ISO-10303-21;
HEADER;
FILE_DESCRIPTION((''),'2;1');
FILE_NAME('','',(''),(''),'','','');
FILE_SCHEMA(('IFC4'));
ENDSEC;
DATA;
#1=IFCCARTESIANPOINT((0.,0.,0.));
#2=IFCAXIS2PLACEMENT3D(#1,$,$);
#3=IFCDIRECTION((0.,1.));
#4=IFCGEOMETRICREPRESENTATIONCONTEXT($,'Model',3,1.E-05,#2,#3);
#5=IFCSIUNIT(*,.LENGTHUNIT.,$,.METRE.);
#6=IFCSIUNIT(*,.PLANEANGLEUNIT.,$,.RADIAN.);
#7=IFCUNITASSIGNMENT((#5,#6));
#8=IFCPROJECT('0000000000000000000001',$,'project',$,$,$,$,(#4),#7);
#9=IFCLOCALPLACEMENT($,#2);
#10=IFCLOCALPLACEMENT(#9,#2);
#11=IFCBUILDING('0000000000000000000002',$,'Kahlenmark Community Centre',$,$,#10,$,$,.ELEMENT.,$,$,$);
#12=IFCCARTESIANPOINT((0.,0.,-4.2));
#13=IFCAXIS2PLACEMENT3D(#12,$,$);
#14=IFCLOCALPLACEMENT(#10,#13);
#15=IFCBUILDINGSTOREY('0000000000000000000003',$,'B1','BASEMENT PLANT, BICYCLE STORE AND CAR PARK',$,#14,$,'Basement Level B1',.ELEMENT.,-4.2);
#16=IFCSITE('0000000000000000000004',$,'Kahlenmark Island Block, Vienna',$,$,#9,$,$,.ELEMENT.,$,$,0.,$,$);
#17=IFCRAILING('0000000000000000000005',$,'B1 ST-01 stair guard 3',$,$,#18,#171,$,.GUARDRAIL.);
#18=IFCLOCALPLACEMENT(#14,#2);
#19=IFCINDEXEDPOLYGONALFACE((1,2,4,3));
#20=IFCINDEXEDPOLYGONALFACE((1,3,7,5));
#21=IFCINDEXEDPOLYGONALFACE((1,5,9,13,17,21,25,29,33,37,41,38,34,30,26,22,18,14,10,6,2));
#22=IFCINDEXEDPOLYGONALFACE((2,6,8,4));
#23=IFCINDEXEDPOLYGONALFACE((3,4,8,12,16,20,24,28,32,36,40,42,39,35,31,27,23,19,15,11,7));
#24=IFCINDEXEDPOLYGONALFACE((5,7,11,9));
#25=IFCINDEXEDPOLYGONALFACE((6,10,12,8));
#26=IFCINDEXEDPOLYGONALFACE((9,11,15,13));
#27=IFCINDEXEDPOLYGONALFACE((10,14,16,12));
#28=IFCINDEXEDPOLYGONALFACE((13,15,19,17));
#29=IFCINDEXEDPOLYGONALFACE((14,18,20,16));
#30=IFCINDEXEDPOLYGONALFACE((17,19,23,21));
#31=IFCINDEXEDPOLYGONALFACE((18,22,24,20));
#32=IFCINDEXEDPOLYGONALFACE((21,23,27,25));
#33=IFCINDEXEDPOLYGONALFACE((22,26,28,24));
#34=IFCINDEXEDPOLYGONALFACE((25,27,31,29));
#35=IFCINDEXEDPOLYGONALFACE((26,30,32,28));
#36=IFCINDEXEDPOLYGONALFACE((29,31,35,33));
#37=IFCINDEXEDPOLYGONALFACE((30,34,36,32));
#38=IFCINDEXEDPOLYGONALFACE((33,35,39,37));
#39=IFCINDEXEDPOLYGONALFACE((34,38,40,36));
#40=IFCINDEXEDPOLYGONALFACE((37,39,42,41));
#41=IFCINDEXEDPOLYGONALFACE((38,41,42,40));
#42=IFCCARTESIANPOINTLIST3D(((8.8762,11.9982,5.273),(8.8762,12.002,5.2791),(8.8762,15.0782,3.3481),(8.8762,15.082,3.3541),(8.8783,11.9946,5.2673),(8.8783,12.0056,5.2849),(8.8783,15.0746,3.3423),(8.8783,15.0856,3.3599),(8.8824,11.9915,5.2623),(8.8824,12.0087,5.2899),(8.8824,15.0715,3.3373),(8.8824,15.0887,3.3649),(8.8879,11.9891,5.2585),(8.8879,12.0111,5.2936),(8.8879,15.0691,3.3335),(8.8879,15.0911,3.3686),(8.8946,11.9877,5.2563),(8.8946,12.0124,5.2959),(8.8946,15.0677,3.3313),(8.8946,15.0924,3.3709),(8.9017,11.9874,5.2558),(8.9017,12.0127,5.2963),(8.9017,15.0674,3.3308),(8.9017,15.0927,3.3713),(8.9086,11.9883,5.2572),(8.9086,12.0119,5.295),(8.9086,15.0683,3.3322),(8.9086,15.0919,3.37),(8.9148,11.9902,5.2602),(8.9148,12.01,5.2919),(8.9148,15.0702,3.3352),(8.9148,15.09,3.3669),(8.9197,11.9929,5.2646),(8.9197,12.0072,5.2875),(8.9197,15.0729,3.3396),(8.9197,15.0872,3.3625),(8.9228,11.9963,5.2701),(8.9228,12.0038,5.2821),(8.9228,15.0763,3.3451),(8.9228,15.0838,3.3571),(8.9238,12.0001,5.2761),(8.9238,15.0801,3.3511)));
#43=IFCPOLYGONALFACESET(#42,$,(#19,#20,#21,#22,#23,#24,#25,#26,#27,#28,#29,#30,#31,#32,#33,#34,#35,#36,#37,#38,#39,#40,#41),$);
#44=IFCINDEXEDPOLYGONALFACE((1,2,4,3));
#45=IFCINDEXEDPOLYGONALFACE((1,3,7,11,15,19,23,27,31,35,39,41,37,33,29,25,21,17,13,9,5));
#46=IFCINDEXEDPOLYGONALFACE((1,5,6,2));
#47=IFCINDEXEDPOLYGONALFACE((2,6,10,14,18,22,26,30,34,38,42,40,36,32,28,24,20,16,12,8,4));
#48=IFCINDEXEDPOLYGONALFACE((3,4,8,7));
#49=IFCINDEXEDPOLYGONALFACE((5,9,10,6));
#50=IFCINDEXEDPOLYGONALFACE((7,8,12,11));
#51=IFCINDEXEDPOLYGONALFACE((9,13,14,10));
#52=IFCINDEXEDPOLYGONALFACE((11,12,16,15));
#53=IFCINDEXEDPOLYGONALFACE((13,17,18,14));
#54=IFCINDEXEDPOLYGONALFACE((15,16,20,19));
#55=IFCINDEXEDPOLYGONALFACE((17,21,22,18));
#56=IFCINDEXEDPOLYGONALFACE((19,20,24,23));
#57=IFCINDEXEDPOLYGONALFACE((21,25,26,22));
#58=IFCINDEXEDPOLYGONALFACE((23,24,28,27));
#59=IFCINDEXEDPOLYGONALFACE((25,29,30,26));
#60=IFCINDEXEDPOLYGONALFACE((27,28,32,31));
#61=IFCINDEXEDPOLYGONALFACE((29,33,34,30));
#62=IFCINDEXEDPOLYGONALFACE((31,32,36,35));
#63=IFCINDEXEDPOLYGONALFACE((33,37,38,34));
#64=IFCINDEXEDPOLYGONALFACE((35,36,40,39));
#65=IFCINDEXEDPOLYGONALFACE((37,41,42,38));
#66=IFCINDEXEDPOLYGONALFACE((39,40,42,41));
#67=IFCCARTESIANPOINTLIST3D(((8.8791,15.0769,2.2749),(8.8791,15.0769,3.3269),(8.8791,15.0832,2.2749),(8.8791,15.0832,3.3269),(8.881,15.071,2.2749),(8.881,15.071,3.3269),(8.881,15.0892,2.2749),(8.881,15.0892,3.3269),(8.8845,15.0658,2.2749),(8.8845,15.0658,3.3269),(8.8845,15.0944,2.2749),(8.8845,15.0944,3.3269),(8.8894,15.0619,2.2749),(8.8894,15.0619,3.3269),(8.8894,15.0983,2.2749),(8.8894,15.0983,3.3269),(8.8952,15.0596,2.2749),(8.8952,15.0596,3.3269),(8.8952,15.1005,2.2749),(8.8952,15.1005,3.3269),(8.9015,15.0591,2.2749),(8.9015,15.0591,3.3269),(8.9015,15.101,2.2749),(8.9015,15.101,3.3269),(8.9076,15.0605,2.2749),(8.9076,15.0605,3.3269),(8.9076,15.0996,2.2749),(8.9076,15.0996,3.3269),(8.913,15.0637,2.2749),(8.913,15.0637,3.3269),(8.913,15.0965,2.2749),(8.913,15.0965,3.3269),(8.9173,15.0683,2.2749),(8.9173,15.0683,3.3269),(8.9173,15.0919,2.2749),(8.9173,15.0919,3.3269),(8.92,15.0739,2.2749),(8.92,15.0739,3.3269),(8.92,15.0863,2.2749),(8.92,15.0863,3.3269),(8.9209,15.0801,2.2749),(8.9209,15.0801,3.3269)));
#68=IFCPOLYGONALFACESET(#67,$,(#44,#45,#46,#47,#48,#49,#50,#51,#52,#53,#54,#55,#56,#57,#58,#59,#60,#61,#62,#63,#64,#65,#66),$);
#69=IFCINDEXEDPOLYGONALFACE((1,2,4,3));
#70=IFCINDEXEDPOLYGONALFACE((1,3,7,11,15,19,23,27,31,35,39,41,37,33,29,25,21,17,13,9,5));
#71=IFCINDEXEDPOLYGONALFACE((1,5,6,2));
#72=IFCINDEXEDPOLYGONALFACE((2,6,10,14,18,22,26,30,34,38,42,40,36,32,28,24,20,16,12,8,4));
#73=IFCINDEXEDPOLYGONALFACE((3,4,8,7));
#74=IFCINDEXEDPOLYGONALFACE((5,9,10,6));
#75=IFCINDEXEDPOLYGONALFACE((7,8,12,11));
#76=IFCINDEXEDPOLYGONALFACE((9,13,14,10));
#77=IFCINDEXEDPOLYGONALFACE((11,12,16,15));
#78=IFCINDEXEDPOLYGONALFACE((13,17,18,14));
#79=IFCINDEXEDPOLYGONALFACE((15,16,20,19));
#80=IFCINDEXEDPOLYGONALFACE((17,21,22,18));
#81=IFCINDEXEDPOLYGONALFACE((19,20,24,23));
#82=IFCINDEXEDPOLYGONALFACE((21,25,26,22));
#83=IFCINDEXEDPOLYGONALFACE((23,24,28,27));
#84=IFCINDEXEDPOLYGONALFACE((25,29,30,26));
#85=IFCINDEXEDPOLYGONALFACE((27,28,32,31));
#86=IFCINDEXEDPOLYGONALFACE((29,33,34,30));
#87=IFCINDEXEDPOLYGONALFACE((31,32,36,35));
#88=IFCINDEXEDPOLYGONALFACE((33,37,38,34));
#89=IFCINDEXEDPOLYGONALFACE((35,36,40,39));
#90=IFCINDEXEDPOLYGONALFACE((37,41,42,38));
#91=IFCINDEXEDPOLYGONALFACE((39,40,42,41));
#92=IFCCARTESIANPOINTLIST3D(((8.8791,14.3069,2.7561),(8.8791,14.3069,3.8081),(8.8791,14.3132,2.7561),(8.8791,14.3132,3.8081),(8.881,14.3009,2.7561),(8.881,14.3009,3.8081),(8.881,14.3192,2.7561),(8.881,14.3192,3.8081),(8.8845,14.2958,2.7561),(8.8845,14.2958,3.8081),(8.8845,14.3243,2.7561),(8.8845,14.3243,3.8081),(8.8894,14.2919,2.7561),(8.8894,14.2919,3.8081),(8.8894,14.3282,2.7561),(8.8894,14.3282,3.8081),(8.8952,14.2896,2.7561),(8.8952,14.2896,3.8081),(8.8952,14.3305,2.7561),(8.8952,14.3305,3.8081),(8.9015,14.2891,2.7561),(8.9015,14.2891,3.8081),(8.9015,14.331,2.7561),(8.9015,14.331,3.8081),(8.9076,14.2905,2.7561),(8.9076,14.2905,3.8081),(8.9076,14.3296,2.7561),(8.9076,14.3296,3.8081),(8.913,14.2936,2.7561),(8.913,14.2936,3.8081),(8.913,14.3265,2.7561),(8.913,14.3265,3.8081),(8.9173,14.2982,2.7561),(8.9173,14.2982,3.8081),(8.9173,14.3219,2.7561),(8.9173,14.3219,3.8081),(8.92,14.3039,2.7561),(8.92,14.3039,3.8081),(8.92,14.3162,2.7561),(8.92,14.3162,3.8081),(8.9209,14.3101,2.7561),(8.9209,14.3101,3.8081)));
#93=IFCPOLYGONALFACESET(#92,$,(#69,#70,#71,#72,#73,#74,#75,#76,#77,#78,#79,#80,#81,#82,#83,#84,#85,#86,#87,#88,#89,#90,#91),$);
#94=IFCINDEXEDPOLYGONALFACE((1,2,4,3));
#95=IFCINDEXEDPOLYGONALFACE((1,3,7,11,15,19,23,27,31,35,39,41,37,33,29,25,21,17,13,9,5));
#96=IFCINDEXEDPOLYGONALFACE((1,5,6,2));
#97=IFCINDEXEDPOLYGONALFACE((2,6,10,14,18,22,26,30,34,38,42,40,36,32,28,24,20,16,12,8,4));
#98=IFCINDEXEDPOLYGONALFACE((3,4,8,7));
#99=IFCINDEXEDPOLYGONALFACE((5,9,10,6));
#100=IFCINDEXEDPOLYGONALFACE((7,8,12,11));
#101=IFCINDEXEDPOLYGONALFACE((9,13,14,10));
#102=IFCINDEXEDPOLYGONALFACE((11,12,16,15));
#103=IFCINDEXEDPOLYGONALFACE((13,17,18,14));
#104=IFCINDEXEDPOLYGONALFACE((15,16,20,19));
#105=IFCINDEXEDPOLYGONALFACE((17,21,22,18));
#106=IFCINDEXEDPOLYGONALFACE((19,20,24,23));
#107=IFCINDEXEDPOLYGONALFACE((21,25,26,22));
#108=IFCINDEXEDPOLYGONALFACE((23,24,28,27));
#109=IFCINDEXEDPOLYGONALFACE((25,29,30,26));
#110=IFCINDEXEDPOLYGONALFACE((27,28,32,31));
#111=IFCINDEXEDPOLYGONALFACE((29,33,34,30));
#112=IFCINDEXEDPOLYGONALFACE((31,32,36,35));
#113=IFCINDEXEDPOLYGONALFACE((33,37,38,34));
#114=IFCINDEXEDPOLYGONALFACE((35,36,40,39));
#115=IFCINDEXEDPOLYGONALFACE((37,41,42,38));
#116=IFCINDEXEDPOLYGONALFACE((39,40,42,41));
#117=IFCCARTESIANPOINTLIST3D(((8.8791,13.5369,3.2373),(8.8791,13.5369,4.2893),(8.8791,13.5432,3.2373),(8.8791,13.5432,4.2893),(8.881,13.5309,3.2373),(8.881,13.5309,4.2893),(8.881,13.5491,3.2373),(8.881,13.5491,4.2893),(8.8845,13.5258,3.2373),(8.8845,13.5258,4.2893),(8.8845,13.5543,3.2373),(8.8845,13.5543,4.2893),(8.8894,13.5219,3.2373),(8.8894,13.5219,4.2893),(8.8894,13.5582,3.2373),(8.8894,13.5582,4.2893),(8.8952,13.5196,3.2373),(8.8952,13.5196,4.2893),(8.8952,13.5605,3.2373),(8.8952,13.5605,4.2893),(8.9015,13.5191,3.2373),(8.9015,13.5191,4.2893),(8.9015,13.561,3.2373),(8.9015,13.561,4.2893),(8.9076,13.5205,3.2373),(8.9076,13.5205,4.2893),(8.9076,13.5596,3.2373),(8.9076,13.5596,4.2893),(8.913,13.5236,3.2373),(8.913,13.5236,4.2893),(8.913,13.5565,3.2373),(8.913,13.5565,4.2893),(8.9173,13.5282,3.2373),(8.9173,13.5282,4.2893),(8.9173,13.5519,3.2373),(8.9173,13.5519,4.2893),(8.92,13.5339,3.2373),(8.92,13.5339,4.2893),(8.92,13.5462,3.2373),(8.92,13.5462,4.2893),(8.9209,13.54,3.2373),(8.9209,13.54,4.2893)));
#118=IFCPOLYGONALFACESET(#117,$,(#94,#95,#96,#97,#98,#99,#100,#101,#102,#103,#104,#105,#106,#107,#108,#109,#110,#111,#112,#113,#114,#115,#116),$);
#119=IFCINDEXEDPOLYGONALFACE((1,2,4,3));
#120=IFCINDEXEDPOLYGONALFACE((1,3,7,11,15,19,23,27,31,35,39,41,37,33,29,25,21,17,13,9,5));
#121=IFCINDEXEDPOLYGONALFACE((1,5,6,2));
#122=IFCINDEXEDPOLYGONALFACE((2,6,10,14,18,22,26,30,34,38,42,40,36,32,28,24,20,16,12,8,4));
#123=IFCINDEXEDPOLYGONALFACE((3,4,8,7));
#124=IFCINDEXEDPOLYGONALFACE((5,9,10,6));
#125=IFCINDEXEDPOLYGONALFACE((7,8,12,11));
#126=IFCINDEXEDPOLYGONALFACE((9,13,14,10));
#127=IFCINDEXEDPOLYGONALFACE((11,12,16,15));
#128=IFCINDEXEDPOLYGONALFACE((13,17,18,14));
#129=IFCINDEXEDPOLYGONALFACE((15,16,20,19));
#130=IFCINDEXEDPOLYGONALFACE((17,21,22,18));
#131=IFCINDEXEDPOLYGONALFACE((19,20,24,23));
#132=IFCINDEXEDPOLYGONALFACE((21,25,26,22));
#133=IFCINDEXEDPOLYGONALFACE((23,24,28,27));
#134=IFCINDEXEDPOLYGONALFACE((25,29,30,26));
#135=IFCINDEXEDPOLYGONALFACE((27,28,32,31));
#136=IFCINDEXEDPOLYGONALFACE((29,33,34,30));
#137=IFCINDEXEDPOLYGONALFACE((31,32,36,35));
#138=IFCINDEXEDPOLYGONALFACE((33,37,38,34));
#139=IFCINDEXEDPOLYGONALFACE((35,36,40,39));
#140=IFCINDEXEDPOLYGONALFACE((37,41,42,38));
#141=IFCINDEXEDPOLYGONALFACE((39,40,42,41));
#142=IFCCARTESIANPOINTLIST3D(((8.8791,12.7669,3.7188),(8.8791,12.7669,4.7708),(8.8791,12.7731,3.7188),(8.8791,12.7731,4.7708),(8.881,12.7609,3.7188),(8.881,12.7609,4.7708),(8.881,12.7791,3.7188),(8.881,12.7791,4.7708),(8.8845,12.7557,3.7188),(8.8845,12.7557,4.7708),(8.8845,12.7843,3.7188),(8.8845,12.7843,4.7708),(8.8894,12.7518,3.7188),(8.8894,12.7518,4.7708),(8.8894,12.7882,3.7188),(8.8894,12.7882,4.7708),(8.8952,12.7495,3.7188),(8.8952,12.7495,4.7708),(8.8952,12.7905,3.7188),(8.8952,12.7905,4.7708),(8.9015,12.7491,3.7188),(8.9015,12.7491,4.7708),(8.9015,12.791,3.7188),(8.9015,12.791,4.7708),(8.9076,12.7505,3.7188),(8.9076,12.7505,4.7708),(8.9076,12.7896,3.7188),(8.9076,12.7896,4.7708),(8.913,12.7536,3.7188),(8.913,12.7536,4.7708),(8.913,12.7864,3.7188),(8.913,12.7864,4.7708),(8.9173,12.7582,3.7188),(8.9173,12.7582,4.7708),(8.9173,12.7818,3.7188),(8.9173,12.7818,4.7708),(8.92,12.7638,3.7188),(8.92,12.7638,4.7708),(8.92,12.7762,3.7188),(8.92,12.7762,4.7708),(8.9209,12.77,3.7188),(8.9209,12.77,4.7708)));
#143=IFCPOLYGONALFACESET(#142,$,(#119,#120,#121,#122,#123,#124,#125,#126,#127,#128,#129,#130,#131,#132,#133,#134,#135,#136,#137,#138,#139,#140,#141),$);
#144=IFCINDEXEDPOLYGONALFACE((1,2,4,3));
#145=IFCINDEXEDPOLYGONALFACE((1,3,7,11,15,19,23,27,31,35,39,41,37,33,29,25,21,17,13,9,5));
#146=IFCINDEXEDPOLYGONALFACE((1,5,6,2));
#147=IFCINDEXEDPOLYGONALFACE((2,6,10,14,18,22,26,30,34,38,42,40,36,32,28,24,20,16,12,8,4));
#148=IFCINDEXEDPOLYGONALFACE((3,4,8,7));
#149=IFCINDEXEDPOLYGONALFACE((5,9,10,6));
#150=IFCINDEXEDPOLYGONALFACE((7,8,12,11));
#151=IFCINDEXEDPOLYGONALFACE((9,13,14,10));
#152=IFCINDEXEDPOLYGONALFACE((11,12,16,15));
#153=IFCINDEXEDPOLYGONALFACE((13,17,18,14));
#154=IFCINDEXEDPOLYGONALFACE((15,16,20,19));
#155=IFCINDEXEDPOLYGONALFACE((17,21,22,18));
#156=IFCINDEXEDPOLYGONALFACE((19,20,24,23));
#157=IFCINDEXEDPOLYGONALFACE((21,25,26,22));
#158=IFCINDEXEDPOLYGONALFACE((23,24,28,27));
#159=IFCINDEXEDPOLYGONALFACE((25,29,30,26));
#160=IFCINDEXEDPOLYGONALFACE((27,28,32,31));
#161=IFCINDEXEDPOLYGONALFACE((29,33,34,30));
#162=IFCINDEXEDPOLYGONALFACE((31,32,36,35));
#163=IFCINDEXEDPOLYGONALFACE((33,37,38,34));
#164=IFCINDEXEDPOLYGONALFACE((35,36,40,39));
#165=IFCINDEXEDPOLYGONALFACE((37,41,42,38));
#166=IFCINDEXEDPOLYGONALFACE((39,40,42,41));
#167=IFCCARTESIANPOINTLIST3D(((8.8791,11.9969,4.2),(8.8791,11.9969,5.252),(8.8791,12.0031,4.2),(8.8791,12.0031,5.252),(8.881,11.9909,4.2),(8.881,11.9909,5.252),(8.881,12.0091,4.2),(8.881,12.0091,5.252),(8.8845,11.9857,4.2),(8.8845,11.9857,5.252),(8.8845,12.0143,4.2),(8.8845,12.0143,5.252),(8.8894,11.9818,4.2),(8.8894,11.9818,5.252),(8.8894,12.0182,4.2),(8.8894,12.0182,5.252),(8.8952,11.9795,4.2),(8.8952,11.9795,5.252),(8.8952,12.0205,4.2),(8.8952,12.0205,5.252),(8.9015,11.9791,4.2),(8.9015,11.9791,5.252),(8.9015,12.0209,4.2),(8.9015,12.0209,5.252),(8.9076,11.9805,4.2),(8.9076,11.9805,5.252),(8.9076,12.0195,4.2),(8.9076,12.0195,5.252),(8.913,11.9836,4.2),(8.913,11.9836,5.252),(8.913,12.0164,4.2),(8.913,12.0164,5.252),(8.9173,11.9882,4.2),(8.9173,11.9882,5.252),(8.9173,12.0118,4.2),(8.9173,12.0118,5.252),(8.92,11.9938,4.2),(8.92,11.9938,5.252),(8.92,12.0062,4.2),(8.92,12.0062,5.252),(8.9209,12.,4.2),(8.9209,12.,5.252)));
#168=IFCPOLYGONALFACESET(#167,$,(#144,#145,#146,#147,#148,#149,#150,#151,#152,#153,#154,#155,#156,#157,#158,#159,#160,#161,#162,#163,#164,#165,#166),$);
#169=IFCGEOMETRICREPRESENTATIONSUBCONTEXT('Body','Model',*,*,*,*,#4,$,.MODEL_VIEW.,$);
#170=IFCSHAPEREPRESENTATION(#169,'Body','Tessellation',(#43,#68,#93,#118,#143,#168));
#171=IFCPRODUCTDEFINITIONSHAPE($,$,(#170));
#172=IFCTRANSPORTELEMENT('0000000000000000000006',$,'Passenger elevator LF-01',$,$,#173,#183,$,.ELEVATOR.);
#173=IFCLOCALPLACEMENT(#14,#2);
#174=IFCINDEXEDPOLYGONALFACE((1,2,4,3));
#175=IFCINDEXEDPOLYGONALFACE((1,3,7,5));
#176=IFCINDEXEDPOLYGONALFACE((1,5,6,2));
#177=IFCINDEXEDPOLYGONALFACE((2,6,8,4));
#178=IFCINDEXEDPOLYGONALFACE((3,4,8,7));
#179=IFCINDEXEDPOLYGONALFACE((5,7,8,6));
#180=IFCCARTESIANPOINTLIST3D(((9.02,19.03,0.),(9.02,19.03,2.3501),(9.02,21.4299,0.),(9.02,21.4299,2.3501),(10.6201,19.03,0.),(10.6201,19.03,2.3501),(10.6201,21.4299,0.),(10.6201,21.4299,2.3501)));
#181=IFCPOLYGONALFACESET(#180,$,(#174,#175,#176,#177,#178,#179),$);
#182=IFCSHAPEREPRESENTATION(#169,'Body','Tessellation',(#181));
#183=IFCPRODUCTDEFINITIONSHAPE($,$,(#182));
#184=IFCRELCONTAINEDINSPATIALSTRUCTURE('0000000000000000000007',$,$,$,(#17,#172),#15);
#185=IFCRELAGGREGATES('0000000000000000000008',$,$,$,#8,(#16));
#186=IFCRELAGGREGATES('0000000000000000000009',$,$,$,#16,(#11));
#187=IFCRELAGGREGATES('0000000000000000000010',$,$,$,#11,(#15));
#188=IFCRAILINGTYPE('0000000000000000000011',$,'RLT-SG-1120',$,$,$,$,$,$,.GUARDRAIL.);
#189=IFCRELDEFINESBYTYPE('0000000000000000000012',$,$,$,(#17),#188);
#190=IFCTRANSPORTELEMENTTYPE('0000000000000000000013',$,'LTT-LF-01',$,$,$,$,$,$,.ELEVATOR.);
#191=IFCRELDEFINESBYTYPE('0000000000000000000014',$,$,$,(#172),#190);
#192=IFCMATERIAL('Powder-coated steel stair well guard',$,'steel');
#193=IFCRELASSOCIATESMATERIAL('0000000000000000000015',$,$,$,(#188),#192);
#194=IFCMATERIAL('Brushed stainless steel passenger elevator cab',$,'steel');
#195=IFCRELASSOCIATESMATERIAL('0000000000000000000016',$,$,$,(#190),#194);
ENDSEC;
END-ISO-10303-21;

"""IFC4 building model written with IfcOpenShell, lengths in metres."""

from ifc_helpers import new_model, si_unit, direction, frame, origin, origin_2d, place, context, subcontext, project, spatial, rectangle, circle, extrude, material, type_object, element, save


model = new_model("IFC4")

# Units and contexts
model_context = context("Model", 3, precision=1e-05, world=origin(), true_north=direction((0.0, 1.0)))
body_context = subcontext(model_context, "Body", "Model", "MODEL_VIEW")
ifc_project = project(units=[si_unit("LENGTHUNIT", "METRE"), si_unit("PLANEANGLEUNIT", "RADIAN")], contexts=[model_context])

# Site, building, storey
site_placement = place(None, origin())
site = spatial("IfcSite", under=ifc_project, at=site_placement, Name="Kahlenmark Island Block, Vienna", CompositionType="ELEMENT", RefElevation=0.0)
building_placement = place(site_placement, origin())
building = spatial("IfcBuilding", under=site, at=building_placement, Name="Kahlenmark Community Centre", CompositionType="ELEMENT")
storey_placement = place(building_placement, frame((0.0, 0.0, -4.2)))
storey = spatial("IfcBuildingStorey", under=building, at=storey_placement, Name="B1", Description="BASEMENT PLANT, BICYCLE STORE AND CAR PARK", LongName="Basement Level B1", CompositionType="ELEMENT", Elevation=-4.2)

# Railing
ifc_material_1 = material(Name="Powder-coated steel stair well guard", Category="steel")
railing_type_1 = type_object("IfcRailingType", Name="RLT-SG-1120", PredefinedType="GUARDRAIL", material=ifc_material_1)
railing_1_placement = place(storey_placement, frame((8.8999, 15.0801, 2.2749)))
element("IfcRailing", 1, at=railing_1_placement, inside=storey, type_object=railing_type_1, Name="B1 ST-01 stair guard 3", PredefinedType="GUARDRAIL", context=body_context, shape_type="SweptSolid", body=[
    extrude(circle(Radius=0.0239, at=origin_2d()), frame((0.0, 0.0, 1.0762), z_axis=(0.0, -0.847998, 0.529999), x_axis=(1.0, 0.0, 0.0)), (0.0, 0.0, 1.0), 3.6321),
    extrude(circle(Radius=0.021, at=origin_2d()), origin(), (0.0, 0.0, 1.0), 1.052),
    extrude(circle(Radius=0.021, at=origin_2d()), frame((0.0, -0.77, 0.4812)), (0.0, 0.0, 1.0), 1.052),
    extrude(circle(Radius=0.021, at=origin_2d()), frame((0.0, -1.54, 0.9624)), (0.0, 0.0, 1.0), 1.052),
    extrude(circle(Radius=0.021, at=origin_2d()), frame((0.0, -2.3101, 1.4438)), (0.0, 0.0, 1.0), 1.052),
    extrude(circle(Radius=0.021, at=origin_2d()), frame((0.0, -3.0801, 1.925)), (0.0, 0.0, 1.0), 1.052),
])

# Transport element
ifc_material_2 = material(Name="Brushed stainless steel passenger elevator cab", Category="steel")
transport_element_type = type_object("IfcTransportElementType", Name="LTT-LF-01", PredefinedType="ELEVATOR", material=ifc_material_2)
transport_element_placement = place(storey_placement, frame((9.8201, 20.23, 0.0), z_axis=(0.0, 0.0, 1.0), x_axis=(1.0, 0.0, 0.0)))
element("IfcTransportElement", 2, at=transport_element_placement, inside=storey, type_object=transport_element_type, Name="Passenger elevator LF-01", PredefinedType="ELEVATOR", context=body_context, shape_type="SweptSolid", body=[
    extrude(rectangle(XDim=1.6001, YDim=2.3999, at=origin_2d()), origin(), (0.0, 0.0, 1.0), 2.3501),
])

save(model, "model.ifc")
